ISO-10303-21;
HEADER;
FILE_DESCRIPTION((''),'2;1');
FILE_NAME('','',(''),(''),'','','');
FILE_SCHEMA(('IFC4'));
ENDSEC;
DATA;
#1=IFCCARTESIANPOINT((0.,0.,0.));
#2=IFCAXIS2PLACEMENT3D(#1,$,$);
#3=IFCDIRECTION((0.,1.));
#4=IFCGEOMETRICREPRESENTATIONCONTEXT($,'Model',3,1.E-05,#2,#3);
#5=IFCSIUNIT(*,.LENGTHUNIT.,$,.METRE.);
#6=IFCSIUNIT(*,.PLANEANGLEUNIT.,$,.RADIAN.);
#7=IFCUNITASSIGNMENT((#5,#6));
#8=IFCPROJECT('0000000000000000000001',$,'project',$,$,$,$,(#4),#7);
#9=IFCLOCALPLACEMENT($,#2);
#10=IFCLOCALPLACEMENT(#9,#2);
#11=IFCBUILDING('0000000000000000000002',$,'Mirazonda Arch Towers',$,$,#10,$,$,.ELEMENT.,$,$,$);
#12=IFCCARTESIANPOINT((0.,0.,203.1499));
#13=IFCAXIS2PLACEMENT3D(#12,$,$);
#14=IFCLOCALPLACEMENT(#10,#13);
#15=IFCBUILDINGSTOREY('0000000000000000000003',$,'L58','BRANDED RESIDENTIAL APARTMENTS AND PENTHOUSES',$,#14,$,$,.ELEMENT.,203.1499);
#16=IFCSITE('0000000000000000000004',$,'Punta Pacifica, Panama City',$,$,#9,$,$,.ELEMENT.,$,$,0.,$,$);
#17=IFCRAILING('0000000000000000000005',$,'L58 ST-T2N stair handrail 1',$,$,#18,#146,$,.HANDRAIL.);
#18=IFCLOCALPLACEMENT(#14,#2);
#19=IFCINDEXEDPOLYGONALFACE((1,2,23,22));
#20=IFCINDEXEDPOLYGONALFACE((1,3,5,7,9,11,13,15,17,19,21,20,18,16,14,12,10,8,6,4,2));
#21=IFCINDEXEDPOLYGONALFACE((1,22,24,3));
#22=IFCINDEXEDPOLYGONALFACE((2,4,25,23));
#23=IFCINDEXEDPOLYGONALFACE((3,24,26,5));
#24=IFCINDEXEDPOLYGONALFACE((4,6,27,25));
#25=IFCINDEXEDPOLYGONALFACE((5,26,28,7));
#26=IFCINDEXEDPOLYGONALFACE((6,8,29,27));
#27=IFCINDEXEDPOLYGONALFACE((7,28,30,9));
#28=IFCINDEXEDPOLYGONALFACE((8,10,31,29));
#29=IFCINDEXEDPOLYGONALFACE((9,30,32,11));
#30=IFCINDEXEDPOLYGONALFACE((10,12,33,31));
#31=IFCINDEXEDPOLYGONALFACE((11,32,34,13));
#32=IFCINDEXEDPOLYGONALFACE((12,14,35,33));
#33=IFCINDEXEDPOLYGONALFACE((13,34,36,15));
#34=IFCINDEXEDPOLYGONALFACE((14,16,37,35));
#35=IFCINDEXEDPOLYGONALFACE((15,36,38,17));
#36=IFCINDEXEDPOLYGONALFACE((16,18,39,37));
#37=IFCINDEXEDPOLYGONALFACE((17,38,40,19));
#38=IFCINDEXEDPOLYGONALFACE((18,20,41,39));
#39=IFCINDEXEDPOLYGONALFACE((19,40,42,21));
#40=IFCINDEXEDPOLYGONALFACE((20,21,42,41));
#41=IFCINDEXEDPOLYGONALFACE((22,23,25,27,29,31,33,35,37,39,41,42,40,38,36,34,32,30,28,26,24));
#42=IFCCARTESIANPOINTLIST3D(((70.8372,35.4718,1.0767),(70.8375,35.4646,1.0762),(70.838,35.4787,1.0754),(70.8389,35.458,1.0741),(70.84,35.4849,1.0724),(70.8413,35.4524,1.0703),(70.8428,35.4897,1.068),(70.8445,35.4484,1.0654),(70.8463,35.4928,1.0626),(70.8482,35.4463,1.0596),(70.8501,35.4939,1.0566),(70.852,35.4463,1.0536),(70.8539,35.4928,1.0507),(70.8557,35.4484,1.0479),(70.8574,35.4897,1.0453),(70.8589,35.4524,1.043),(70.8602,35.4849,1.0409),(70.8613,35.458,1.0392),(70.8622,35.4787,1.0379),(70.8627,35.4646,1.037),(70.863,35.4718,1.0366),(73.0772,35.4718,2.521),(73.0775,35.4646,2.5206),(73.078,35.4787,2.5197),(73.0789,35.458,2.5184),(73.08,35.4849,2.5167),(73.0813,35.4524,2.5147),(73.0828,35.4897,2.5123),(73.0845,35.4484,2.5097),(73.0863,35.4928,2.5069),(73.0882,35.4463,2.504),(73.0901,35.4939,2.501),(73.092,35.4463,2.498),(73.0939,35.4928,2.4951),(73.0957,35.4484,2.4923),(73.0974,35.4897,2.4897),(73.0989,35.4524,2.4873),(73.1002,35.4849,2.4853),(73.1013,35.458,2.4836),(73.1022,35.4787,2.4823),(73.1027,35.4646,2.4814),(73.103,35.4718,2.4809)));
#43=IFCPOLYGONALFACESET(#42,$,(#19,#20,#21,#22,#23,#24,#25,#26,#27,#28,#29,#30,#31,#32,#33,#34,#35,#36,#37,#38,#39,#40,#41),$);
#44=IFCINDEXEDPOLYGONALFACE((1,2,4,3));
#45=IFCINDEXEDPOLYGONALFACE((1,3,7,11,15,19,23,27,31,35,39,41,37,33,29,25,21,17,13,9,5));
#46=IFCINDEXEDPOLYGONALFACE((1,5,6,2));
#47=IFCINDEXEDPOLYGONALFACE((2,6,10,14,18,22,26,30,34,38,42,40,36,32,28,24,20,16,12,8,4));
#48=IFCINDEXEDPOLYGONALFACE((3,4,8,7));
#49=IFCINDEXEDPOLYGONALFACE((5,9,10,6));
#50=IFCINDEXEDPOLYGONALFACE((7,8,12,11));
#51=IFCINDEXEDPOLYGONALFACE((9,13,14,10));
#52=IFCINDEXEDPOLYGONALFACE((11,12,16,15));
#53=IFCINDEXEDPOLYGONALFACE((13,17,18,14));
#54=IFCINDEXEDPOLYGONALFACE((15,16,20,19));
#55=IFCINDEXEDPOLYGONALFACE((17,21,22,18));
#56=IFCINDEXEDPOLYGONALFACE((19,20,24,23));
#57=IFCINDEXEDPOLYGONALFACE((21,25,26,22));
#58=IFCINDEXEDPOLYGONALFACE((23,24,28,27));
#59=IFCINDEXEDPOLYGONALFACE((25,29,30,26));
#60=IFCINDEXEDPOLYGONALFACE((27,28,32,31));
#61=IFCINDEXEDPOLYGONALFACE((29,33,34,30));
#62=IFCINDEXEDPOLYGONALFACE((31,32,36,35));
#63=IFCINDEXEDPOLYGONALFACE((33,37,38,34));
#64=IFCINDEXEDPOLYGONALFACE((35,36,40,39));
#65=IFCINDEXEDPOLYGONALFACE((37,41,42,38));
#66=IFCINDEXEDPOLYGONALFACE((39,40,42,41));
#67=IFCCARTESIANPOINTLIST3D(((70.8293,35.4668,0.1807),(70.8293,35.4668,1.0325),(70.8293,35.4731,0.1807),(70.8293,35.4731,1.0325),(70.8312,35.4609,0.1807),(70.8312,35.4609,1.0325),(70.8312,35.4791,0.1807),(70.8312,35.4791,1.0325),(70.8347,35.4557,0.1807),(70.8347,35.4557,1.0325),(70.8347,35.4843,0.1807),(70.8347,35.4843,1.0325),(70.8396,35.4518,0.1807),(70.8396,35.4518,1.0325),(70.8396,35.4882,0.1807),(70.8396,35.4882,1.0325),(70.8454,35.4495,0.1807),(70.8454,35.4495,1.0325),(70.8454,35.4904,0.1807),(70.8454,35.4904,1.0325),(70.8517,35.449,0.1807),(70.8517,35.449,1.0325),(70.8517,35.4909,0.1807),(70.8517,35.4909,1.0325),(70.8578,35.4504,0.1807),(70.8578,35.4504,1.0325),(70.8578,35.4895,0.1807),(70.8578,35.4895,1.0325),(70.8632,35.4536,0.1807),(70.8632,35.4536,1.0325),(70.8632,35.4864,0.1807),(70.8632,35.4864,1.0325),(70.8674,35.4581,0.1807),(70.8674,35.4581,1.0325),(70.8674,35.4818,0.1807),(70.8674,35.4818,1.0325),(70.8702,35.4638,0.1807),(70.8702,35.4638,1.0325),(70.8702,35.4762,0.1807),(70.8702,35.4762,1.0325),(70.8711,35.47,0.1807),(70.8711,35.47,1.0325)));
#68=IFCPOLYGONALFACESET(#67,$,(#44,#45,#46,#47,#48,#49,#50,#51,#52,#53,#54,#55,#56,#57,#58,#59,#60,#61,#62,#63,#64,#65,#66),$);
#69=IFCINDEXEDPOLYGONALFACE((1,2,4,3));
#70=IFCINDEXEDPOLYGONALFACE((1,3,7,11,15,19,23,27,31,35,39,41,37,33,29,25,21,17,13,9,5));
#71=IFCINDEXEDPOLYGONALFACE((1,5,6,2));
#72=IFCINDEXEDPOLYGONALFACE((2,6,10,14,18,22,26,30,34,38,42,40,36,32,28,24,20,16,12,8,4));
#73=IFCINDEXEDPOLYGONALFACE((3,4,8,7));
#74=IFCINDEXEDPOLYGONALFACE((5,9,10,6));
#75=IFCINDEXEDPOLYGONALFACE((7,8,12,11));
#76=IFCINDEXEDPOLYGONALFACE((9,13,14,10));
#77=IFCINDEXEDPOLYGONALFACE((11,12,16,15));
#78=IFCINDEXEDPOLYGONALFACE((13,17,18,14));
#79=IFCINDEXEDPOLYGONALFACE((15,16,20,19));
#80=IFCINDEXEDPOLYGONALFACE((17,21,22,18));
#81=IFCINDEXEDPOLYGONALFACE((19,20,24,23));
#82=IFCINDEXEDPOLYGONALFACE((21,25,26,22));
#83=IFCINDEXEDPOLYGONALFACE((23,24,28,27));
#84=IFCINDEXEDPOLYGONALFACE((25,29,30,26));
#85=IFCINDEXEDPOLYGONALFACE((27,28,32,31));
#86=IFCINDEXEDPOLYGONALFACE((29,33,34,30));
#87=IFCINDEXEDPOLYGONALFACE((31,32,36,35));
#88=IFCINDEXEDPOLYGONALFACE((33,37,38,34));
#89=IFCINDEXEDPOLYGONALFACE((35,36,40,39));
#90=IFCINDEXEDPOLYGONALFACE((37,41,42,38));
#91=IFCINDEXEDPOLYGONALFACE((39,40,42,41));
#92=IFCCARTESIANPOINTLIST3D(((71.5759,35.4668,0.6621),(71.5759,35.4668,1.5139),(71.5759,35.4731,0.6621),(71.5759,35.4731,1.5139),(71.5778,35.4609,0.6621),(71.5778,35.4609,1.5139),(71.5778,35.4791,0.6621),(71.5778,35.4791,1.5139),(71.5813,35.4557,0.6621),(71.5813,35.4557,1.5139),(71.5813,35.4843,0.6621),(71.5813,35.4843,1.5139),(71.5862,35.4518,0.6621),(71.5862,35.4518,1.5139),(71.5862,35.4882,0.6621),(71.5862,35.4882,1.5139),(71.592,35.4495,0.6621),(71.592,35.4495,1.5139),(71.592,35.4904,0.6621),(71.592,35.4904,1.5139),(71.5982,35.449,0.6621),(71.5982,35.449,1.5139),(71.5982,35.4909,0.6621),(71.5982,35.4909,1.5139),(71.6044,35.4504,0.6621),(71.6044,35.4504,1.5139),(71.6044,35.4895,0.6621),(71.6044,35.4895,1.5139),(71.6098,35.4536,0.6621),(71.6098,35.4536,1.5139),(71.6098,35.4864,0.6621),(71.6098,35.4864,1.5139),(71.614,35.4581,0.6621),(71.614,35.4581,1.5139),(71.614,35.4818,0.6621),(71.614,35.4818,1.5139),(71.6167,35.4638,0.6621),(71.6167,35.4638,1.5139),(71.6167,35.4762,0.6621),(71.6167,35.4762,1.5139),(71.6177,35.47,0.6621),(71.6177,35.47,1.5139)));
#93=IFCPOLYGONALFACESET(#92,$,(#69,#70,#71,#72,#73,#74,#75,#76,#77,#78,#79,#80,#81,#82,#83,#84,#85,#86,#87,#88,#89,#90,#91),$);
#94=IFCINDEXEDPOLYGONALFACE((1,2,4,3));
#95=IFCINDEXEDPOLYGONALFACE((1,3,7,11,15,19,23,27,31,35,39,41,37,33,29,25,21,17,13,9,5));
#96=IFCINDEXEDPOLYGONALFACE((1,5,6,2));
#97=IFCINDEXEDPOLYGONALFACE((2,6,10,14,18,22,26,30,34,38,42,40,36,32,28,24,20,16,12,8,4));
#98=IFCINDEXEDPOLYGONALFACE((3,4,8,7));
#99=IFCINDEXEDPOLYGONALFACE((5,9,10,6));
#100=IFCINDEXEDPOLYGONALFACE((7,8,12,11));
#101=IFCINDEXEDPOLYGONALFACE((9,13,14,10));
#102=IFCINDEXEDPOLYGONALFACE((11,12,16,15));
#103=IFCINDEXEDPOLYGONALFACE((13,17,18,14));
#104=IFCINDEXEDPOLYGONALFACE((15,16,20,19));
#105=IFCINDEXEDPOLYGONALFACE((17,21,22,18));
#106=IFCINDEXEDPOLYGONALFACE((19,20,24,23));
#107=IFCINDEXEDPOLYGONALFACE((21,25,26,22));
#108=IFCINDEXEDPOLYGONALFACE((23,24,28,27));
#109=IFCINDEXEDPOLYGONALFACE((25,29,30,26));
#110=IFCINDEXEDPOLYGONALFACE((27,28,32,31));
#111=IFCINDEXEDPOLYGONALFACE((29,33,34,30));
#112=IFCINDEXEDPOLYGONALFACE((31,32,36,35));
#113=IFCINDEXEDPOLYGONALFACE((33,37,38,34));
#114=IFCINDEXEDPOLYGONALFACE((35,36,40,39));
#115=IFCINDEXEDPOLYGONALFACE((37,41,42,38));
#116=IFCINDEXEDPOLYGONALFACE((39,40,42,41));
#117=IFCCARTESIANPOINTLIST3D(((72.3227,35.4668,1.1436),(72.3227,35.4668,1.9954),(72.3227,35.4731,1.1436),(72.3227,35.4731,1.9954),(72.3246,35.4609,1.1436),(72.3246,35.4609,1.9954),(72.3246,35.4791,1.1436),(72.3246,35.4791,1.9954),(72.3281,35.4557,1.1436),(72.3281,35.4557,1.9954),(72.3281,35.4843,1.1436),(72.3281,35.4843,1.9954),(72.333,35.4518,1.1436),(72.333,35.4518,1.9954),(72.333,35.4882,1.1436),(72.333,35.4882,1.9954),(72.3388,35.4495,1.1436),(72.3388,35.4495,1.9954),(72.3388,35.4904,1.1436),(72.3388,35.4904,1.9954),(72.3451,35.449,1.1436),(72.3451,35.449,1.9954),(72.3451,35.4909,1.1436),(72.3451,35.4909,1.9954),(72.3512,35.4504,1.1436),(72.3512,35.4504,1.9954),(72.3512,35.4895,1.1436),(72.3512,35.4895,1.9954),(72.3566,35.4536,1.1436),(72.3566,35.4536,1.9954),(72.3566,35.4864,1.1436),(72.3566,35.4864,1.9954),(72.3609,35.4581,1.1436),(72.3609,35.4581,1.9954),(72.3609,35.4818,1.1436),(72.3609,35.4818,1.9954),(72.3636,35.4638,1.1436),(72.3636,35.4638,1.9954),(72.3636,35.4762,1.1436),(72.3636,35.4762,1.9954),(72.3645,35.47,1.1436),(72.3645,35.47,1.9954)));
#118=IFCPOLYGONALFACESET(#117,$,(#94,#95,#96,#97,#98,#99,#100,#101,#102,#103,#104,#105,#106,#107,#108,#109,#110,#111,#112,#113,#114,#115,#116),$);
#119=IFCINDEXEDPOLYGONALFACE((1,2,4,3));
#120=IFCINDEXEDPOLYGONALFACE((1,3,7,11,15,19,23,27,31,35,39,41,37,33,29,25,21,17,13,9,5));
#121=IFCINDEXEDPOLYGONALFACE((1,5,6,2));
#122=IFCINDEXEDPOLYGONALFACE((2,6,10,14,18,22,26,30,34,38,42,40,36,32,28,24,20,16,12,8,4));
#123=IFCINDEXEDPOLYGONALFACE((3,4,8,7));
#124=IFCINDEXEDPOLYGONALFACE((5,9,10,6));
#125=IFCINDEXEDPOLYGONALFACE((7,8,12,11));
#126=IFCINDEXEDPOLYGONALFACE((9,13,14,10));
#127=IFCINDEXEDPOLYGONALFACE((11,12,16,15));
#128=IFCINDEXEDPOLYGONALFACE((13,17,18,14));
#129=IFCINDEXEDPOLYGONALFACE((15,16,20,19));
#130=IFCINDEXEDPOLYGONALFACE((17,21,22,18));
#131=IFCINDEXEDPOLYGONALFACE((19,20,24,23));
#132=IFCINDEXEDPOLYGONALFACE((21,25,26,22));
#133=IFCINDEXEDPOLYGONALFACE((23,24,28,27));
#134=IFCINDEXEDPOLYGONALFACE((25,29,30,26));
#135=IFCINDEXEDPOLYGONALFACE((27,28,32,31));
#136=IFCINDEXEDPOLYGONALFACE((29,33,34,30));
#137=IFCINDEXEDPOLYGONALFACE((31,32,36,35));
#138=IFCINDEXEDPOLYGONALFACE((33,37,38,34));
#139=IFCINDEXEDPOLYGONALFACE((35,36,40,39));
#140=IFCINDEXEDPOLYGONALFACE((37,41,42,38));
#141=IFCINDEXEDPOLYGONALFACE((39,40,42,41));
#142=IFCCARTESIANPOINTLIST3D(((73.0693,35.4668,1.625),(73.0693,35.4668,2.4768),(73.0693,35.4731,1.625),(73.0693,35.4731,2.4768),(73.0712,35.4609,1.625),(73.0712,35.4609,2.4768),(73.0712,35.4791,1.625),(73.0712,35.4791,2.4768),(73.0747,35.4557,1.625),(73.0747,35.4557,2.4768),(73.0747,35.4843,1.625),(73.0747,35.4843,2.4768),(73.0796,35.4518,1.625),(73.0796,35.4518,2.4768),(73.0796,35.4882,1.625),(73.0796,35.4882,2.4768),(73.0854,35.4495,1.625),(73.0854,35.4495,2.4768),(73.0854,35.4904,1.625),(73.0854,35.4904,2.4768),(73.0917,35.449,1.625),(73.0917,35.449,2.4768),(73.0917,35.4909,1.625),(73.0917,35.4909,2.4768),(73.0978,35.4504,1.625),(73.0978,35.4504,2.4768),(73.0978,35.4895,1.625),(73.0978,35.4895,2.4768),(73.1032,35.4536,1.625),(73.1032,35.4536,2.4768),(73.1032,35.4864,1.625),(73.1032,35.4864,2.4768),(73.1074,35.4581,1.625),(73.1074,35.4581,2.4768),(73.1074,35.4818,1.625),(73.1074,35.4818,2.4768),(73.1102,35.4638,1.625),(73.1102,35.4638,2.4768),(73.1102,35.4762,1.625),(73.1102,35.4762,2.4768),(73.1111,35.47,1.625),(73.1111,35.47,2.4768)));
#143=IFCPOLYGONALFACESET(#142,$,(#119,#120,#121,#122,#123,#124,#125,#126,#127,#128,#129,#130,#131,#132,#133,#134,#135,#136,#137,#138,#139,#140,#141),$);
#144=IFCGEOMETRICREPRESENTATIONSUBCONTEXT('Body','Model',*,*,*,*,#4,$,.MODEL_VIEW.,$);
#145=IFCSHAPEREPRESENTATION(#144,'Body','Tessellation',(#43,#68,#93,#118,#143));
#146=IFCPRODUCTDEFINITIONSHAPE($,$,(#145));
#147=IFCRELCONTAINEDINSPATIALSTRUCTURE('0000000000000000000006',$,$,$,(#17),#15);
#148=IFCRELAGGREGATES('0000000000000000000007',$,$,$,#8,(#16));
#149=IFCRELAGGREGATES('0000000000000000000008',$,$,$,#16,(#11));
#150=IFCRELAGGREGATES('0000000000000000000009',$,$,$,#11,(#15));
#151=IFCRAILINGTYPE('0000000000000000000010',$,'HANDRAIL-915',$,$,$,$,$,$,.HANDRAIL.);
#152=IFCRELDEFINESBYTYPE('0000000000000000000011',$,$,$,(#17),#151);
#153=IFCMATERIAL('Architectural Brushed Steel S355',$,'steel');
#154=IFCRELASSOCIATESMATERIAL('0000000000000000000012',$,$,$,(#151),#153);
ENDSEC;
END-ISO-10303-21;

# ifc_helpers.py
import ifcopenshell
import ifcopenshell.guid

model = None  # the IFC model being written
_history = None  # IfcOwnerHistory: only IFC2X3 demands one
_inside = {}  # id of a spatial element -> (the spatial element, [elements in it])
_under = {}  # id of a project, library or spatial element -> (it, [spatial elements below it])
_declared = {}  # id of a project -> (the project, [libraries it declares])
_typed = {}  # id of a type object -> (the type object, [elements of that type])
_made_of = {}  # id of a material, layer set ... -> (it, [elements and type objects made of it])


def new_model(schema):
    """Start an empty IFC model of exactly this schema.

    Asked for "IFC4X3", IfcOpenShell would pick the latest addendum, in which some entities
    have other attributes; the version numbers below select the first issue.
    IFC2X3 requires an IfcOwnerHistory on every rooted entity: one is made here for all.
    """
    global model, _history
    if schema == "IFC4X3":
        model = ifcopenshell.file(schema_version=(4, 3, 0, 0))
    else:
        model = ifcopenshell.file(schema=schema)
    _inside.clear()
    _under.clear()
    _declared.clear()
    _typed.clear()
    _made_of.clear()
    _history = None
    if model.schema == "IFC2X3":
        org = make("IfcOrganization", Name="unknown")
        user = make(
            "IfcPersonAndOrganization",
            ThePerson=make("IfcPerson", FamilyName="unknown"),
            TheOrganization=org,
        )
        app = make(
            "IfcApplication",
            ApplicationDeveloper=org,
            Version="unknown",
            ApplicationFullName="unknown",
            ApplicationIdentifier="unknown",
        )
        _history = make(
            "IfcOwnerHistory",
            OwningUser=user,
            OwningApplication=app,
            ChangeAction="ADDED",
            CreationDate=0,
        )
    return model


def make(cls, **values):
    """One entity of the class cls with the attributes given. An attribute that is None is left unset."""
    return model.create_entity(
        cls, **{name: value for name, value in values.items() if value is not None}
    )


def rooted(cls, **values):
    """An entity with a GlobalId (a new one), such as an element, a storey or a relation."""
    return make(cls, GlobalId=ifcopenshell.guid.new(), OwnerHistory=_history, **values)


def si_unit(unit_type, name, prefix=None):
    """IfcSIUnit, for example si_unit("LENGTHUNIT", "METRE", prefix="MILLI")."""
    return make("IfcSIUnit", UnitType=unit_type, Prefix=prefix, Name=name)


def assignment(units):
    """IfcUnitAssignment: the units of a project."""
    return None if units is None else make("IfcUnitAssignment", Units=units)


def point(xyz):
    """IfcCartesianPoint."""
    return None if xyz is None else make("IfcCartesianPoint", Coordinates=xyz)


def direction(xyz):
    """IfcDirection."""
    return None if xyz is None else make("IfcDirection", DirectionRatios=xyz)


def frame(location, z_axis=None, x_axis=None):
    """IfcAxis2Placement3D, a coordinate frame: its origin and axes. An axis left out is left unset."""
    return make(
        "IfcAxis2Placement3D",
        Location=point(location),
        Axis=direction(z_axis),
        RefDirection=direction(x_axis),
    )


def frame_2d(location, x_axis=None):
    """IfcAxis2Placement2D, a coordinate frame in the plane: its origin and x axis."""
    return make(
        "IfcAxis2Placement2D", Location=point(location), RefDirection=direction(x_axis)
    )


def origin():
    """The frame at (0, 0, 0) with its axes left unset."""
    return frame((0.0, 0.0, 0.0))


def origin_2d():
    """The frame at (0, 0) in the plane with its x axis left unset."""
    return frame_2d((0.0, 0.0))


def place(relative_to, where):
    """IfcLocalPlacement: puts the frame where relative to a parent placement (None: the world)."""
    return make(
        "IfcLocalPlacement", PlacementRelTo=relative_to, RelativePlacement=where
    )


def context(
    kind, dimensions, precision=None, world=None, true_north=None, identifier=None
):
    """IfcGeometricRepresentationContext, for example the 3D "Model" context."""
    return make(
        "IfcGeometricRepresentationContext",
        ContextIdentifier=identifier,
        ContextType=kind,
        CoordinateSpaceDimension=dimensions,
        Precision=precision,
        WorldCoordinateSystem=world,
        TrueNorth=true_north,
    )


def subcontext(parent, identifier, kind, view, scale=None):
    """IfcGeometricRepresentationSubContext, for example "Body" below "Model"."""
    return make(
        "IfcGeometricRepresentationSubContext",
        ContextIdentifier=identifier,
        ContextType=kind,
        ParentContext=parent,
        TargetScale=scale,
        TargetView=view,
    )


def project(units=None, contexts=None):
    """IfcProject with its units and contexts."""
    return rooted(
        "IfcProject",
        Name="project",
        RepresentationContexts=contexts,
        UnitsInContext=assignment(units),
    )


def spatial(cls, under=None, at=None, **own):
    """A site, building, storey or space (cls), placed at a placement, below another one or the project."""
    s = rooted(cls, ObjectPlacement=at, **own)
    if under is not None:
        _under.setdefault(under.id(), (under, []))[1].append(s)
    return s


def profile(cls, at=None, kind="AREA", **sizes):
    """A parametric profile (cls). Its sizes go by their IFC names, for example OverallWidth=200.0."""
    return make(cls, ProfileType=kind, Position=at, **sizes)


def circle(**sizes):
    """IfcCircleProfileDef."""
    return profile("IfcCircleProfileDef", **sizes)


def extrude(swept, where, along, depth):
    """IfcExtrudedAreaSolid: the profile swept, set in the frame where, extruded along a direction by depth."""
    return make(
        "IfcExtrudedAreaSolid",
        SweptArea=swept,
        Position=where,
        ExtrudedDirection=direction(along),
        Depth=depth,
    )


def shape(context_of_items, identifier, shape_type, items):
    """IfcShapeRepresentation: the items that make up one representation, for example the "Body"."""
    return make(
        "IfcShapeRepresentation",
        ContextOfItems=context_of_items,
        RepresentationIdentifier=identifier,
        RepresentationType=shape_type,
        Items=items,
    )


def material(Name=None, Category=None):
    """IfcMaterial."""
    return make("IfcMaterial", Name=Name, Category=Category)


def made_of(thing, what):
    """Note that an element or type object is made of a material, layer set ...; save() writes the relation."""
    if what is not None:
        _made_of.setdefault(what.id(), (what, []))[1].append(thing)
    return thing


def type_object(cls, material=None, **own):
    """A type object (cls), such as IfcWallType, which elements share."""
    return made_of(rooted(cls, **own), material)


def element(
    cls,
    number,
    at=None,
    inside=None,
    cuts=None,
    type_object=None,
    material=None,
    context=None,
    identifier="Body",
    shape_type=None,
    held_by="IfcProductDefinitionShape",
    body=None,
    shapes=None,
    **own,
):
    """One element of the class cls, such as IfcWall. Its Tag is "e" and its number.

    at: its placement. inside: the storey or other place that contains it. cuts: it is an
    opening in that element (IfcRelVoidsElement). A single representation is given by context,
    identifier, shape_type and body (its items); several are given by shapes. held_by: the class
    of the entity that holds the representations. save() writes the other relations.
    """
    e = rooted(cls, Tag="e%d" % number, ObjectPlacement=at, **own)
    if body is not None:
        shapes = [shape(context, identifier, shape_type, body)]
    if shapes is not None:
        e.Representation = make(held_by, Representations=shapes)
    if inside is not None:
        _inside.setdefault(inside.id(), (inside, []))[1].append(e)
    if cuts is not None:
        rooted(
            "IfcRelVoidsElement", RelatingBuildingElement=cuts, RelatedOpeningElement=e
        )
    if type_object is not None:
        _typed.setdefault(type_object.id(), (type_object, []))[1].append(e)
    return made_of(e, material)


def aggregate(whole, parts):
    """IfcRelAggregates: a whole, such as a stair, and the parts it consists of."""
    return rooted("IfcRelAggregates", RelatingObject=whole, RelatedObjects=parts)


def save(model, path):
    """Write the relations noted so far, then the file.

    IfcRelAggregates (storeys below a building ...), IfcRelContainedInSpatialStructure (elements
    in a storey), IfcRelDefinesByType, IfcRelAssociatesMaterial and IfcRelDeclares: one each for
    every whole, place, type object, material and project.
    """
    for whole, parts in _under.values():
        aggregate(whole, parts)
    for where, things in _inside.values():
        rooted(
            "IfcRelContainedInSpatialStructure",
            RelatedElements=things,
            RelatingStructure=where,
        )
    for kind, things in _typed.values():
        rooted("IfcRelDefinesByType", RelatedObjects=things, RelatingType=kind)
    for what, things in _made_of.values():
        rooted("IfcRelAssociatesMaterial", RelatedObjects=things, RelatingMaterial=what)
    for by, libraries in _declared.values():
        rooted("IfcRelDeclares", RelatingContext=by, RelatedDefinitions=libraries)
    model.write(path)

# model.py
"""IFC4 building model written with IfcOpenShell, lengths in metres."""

from ifc_helpers import new_model, si_unit, direction, frame, origin, origin_2d, place, context, subcontext, project, spatial, circle, extrude, material, type_object, element, save


model = new_model("IFC4")

# Units and contexts
model_context = context("Model", 3, precision=1e-05, world=origin(), true_north=direction((0.0, 1.0)))
body_context = subcontext(model_context, "Body", "Model", "MODEL_VIEW")
ifc_project = project(units=[si_unit("LENGTHUNIT", "METRE"), si_unit("PLANEANGLEUNIT", "RADIAN")], contexts=[model_context])

# Site, building, storey
site_placement = place(None, origin())
site = spatial("IfcSite", under=ifc_project, at=site_placement, Name="Punta Pacifica, Panama City", CompositionType="ELEMENT", RefElevation=0.0)
building_placement = place(site_placement, origin())
building = spatial("IfcBuilding", under=site, at=building_placement, Name="Mirazonda Arch Towers", CompositionType="ELEMENT")
storey_placement = place(building_placement, frame((0.0, 0.0, 203.1499)))
storey = spatial("IfcBuildingStorey", under=building, at=storey_placement, Name="L58", Description="BRANDED RESIDENTIAL APARTMENTS AND PENTHOUSES", CompositionType="ELEMENT", Elevation=203.1499)

# Railing
ifc_material_1 = material(Name="Architectural Brushed Steel S355", Category="steel")
railing_type_1 = type_object("IfcRailingType", Name="HANDRAIL-915", PredefinedType="HANDRAIL", material=ifc_material_1)
railing_1_placement = place(storey_placement, frame((70.8501, 35.47, 0.1807)))
element("IfcRailing", 1, at=railing_1_placement, inside=storey, type_object=railing_type_1, Name="L58 ST-T2N stair handrail 1", PredefinedType="HANDRAIL", context=body_context, shape_type="SweptSolid", body=[
    extrude(circle(Radius=0.0239, at=origin_2d()), frame((0.0, 0.0, 0.876), z_axis=(0.840437, 0.0, 0.54191), x_axis=(0.0, 1.0, 0.0)), (0.0, 0.0, 1.0), 2.6653),
    extrude(circle(Radius=0.021, at=origin_2d()), origin(), (0.0, 0.0, 1.0), 0.8518),
    extrude(circle(Radius=0.021, at=origin_2d()), frame((0.7466, 0.0, 0.4814)), (0.0, 0.0, 1.0), 0.8518),
    extrude(circle(Radius=0.021, at=origin_2d()), frame((1.4934, 0.0, 0.9629)), (0.0, 0.0, 1.0), 0.8518),
    extrude(circle(Radius=0.021, at=origin_2d()), frame((2.24, 0.0, 1.4443)), (0.0, 0.0, 1.0), 0.8518),
])

save(model, "model.ifc")
